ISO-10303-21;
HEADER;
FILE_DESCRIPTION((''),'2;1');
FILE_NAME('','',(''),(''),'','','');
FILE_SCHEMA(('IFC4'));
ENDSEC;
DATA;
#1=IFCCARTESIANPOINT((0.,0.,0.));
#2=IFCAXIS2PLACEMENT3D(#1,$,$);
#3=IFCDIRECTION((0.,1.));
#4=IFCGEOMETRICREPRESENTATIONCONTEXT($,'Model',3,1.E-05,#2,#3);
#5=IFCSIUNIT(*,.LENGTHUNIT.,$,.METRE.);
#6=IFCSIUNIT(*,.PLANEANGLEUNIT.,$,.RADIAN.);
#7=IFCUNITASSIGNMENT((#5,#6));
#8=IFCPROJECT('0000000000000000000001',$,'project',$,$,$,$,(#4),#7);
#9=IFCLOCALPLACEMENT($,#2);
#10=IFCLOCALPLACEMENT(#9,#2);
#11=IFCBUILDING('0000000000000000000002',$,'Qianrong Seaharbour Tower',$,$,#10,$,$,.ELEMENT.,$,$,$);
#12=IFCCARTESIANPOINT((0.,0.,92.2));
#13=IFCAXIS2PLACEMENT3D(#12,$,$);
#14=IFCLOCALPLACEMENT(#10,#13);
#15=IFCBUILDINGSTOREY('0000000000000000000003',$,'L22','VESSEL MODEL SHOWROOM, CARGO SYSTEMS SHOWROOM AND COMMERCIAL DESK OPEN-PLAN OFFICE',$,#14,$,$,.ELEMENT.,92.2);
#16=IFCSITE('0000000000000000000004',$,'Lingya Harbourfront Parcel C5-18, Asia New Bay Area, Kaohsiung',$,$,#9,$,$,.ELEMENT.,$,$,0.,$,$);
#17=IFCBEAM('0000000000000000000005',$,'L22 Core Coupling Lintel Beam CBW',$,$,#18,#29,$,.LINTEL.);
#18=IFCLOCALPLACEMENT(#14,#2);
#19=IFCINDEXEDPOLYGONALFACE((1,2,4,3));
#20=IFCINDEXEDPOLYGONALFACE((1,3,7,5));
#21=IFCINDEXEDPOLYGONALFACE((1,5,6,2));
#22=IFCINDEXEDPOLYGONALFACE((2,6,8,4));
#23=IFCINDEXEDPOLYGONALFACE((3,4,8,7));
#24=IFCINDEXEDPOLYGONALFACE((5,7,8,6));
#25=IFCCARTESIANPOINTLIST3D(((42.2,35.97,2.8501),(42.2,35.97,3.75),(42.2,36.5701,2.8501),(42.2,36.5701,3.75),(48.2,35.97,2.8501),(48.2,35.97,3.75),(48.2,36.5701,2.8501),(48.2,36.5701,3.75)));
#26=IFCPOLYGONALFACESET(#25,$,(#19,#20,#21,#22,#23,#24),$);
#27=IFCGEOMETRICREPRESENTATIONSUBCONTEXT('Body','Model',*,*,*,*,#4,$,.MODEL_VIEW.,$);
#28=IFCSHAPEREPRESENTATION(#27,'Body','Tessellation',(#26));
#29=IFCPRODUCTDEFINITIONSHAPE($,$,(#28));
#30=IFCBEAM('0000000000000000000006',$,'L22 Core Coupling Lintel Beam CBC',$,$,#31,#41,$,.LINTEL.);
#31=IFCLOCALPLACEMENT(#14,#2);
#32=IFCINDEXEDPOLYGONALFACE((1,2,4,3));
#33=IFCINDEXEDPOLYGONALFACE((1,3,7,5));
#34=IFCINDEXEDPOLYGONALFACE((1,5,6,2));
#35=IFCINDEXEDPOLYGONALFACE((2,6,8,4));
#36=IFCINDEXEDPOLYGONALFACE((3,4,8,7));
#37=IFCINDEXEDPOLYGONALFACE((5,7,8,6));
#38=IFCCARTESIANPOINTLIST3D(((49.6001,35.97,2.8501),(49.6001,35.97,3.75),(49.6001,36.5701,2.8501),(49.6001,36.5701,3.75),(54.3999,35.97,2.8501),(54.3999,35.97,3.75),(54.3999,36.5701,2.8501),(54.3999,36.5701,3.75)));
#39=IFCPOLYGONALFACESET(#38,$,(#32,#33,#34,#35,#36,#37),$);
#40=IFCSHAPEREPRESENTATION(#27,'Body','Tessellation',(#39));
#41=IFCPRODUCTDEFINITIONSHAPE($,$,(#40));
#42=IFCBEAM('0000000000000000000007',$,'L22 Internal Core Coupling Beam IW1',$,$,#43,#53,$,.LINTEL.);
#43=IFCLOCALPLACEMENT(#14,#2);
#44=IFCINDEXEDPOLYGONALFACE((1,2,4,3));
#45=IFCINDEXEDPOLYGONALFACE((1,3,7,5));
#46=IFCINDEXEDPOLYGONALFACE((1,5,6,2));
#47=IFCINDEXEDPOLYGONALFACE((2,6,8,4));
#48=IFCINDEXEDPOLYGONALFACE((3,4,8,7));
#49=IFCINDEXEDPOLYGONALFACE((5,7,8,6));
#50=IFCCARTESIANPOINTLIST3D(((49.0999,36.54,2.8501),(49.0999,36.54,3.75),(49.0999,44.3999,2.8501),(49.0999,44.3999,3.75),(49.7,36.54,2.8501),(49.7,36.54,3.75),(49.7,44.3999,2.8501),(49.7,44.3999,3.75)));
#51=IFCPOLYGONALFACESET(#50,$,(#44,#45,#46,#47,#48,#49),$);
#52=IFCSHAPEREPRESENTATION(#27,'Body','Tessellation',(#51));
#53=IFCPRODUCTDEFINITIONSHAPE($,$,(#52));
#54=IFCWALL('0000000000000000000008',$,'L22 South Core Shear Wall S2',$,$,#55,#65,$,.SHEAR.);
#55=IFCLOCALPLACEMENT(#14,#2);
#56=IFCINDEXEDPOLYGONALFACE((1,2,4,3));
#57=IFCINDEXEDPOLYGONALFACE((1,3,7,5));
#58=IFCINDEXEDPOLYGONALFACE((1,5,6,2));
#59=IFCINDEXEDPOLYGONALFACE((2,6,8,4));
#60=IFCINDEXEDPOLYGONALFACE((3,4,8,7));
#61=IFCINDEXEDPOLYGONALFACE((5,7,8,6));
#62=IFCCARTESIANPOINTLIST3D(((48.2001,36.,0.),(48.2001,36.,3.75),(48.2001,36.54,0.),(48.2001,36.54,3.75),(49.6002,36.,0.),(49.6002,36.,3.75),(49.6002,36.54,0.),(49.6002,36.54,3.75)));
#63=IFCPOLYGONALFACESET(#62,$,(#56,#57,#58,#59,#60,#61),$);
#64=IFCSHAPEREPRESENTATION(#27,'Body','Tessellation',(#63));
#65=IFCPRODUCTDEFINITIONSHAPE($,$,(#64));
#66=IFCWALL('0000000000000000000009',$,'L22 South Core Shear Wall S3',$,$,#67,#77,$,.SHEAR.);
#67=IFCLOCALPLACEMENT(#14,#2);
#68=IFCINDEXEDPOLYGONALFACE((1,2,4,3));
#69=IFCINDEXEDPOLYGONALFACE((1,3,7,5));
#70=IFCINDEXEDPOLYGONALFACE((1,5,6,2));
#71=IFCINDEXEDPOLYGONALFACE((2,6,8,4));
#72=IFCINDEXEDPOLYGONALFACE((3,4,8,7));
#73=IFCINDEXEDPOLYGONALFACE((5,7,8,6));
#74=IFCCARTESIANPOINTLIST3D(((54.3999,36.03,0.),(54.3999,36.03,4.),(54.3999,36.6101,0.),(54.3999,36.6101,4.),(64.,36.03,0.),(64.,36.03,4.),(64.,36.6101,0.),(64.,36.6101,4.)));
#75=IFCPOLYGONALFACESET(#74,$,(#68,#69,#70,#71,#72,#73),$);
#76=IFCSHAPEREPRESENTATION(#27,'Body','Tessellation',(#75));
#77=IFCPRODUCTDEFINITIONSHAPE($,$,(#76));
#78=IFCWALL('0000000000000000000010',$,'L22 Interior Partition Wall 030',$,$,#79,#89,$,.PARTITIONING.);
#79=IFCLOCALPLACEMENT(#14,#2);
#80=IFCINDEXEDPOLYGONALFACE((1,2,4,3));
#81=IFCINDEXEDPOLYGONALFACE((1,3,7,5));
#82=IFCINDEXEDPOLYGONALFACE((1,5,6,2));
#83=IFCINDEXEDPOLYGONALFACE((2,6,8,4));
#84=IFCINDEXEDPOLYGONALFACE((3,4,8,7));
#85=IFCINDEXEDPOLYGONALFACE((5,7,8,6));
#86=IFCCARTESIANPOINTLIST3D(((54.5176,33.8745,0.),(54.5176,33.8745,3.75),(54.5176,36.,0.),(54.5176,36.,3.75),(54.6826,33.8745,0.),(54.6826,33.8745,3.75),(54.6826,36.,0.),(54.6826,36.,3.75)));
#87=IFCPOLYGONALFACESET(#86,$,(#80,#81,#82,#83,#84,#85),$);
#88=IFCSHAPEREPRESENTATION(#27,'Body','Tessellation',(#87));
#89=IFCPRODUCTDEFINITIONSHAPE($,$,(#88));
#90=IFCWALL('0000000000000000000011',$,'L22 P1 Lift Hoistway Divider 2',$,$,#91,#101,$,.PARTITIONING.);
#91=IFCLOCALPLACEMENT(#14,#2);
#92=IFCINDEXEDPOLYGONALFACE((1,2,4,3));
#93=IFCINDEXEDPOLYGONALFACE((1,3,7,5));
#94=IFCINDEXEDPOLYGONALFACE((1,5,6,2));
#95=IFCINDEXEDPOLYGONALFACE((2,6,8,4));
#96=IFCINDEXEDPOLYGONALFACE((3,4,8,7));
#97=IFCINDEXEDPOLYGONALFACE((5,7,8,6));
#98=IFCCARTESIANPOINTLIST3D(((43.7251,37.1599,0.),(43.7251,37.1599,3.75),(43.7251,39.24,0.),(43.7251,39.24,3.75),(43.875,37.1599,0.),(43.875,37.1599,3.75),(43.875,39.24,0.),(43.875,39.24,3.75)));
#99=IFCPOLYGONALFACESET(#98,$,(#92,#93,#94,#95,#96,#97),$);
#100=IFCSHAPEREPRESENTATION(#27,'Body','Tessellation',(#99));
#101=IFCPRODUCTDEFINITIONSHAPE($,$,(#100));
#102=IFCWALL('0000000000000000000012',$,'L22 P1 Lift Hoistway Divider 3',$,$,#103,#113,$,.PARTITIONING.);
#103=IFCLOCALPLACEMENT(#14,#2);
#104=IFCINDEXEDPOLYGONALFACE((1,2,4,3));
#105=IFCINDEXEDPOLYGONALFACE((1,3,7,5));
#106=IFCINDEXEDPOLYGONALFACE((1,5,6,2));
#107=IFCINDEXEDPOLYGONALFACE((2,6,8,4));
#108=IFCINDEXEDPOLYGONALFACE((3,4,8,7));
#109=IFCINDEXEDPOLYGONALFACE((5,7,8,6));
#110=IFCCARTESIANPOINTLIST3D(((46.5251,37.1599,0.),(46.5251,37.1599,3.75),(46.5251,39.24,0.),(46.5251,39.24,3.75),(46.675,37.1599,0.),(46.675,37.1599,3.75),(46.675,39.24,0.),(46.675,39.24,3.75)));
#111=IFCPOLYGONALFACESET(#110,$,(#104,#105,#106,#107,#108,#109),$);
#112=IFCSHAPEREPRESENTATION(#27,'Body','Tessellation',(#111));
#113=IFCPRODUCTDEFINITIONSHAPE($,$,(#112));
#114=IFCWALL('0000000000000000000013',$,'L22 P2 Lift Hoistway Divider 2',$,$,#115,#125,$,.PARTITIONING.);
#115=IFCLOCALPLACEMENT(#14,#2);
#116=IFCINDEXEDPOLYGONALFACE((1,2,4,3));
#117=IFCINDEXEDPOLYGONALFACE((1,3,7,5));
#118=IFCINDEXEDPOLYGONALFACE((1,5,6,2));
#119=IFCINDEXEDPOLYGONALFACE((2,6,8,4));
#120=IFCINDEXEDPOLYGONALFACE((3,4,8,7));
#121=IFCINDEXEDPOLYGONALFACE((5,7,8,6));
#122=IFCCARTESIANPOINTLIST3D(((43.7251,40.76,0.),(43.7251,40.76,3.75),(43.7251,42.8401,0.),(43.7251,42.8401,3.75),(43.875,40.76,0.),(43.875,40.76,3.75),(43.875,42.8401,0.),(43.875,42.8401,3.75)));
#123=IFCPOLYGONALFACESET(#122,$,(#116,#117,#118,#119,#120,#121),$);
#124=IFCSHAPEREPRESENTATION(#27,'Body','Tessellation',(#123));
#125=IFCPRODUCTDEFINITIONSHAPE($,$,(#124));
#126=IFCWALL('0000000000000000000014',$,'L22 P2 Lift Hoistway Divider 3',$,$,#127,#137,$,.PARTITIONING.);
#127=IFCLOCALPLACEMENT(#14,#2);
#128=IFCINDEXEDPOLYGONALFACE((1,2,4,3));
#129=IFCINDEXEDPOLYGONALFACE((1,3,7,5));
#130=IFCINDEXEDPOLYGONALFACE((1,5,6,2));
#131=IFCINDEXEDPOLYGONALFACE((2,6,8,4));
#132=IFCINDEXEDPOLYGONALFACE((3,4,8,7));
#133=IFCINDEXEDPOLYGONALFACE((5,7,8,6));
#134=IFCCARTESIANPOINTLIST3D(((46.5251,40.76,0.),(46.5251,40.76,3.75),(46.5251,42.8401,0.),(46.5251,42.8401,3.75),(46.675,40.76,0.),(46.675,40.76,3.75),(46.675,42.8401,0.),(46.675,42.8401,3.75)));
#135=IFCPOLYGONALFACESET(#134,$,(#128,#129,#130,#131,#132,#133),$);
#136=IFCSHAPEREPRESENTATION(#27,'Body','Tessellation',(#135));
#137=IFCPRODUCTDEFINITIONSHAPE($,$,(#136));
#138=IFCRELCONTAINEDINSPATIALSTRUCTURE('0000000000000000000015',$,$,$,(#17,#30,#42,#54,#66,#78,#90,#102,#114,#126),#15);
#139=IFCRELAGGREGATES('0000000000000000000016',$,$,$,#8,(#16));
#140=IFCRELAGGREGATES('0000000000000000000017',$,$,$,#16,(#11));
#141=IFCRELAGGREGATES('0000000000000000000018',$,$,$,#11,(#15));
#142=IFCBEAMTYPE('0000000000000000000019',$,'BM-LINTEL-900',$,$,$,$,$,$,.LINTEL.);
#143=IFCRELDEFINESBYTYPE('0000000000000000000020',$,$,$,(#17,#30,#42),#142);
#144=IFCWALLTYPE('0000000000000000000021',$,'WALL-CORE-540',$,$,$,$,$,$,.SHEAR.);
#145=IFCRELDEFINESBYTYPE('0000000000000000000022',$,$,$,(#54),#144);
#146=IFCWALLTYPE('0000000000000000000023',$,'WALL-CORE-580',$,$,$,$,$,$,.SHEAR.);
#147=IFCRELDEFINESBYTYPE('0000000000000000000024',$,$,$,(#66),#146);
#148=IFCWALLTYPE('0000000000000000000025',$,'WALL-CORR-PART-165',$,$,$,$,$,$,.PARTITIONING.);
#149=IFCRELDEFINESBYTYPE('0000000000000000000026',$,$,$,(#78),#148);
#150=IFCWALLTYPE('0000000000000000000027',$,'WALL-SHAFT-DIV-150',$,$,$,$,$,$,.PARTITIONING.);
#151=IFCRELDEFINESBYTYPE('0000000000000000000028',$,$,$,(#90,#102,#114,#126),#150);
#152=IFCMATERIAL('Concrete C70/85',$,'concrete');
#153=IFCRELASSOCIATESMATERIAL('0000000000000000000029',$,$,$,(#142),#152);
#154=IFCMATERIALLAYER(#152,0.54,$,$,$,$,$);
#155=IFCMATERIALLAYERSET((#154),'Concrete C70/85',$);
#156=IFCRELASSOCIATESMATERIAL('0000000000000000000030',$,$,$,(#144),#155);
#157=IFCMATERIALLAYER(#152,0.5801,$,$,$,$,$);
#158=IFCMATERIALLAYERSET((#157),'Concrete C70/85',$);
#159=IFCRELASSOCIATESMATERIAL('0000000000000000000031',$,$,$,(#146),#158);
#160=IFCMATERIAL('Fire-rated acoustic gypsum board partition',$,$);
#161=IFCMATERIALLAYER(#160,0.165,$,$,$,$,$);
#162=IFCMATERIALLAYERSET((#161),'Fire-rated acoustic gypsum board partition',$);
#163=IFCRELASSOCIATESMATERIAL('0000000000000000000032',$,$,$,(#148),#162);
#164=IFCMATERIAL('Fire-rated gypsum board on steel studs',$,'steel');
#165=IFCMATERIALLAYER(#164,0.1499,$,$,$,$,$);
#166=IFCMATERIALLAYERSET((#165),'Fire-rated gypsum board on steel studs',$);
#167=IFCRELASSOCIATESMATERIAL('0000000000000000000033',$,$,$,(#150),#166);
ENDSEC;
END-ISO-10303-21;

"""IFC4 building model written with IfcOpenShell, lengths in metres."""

from ifc_helpers import new_model, si_unit, direction, frame, frame_2d, origin, origin_2d, place, context, subcontext, project, spatial, rectangle, extrude, material, layer, layer_set, material_profile, profile_set, type_object, element, save


model = new_model("IFC4")

# Units and contexts
model_context = context("Model", 3, precision=1e-05, world=origin(), true_north=direction((0.0, 1.0)))
body_context = subcontext(model_context, "Body", "Model", "MODEL_VIEW")
ifc_project = project(units=[si_unit("LENGTHUNIT", "METRE"), si_unit("PLANEANGLEUNIT", "RADIAN")], contexts=[model_context])

# Site, building, storey
site_placement = place(None, origin())
site = spatial("IfcSite", under=ifc_project, at=site_placement, Name="Lingya Harbourfront Parcel C5-18, Asia New Bay Area, Kaohsiung", CompositionType="ELEMENT", RefElevation=0.0)
building_placement = place(site_placement, origin())
building = spatial("IfcBuilding", under=site, at=building_placement, Name="Qianrong Seaharbour Tower", CompositionType="ELEMENT")
storey_placement = place(building_placement, frame((0.0, 0.0, 92.2)))
storey = spatial("IfcBuildingStorey", under=building, at=storey_placement, Name="L22", Description="VESSEL MODEL SHOWROOM, CARGO SYSTEMS SHOWROOM AND COMMERCIAL DESK OPEN-PLAN OFFICE", CompositionType="ELEMENT", Elevation=92.2)

# Beams
ifc_material_1 = material(Name="Concrete C70/85", Category="concrete")
ifc_material_profile = material_profile(ifc_material_1, rectangle(XDim=0.6001, YDim=0.8999, at=origin_2d()), Name="RC600x900")
ifc_profile_set = profile_set([ifc_material_profile], Name="Concrete C70/85")
beam_type = type_object("IfcBeamType", Name="BM-LINTEL-900", PredefinedType="LINTEL", material=ifc_profile_set)
beam_1_placement = place(storey_placement, frame((42.2, 36.27, 3.3), z_axis=(1.0, 0.0, 0.0), x_axis=(0.0, 1.0, 0.0)))
element("IfcBeam", 1, at=beam_1_placement, inside=storey, type_object=beam_type, Name="L22 Core Coupling Lintel Beam CBW", PredefinedType="LINTEL", context=body_context, shape_type="SweptSolid", body=[
    extrude(rectangle(XDim=0.6001, YDim=0.8999, at=origin_2d()), origin(), (0.0, 0.0, 1.0), 6.0),
])
beam_2_placement = place(storey_placement, frame((49.6001, 36.27, 3.3), z_axis=(1.0, 0.0, 0.0), x_axis=(0.0, 1.0, 0.0)))
element("IfcBeam", 2, at=beam_2_placement, inside=storey, type_object=beam_type, Name="L22 Core Coupling Lintel Beam CBC", PredefinedType="LINTEL", context=body_context, shape_type="SweptSolid", body=[
    extrude(rectangle(XDim=0.6001, YDim=0.8999, at=origin_2d()), origin(), (0.0, 0.0, 1.0), 4.7998),
])
beam_3_placement = place(storey_placement, frame((49.3999, 36.54, 3.3), z_axis=(0.0, 1.0, 0.0), x_axis=(-1.0, 0.0, 0.0)))
element("IfcBeam", 3, at=beam_3_placement, inside=storey, type_object=beam_type, Name="L22 Internal Core Coupling Beam IW1", PredefinedType="LINTEL", context=body_context, shape_type="SweptSolid", body=[
    extrude(rectangle(XDim=0.6001, YDim=0.8999, at=origin_2d()), origin(), (0.0, 0.0, 1.0), 7.8599),
])

# Walls
ifc_layer_1 = layer(ifc_material_1, 0.54)
ifc_layer_set_1 = layer_set([ifc_layer_1], Name="Concrete C70/85")
wall_type_1 = type_object("IfcWallType", Name="WALL-CORE-540", PredefinedType="SHEAR", material=ifc_layer_set_1)
wall_1_placement = place(storey_placement, frame((48.2, 36.27, 0.0), z_axis=(0.0, 0.0, 1.0), x_axis=(1.0, 0.0, 0.0)))
element("IfcWall", 4, at=wall_1_placement, inside=storey, type_object=wall_type_1, Name="L22 South Core Shear Wall S2", PredefinedType="SHEAR", context=body_context, shape_type="SweptSolid", body=[
    extrude(rectangle(XDim=1.4001, YDim=0.54, at=frame_2d((0.7002, 0.0))), origin(), (0.0, 0.0, 1.0), 3.75),
])
ifc_layer_2 = layer(ifc_material_1, 0.5801)
ifc_layer_set_2 = layer_set([ifc_layer_2], Name="Concrete C70/85")
wall_type_2 = type_object("IfcWallType", Name="WALL-CORE-580", PredefinedType="SHEAR", material=ifc_layer_set_2)
wall_2_placement = place(storey_placement, frame((54.3999, 36.3201, 0.0), z_axis=(0.0, 0.0, 1.0), x_axis=(1.0, 0.0, 0.0)))
element("IfcWall", 5, at=wall_2_placement, inside=storey, type_object=wall_type_2, Name="L22 South Core Shear Wall S3", PredefinedType="SHEAR", context=body_context, shape_type="SweptSolid", body=[
    extrude(rectangle(XDim=9.6001, YDim=0.5801, at=frame_2d((4.8, 0.0))), origin(), (0.0, 0.0, 1.0), 4.0),
])
ifc_material_2 = material(Name="Fire-rated acoustic gypsum board partition")
ifc_layer_3 = layer(ifc_material_2, 0.165)
ifc_layer_set_3 = layer_set([ifc_layer_3], Name="Fire-rated acoustic gypsum board partition")
wall_type_3 = type_object("IfcWallType", Name="WALL-CORR-PART-165", PredefinedType="PARTITIONING", material=ifc_layer_set_3)
wall_3_placement = place(storey_placement, frame((54.6001, 36.0, 0.0), z_axis=(0.0, 0.0, 1.0), x_axis=(0.0, -1.0, 0.0)))
element("IfcWall", 6, at=wall_3_placement, inside=storey, type_object=wall_type_3, Name="L22 Interior Partition Wall 030", PredefinedType="PARTITIONING", context=body_context, shape_type="SweptSolid", body=[
    extrude(rectangle(XDim=2.1255, YDim=0.165, at=frame_2d((1.0627, 0.0))), origin(), (0.0, 0.0, 1.0), 3.75),
])
ifc_material_3 = material(Name="Fire-rated gypsum board on steel studs", Category="steel")
ifc_layer_4 = layer(ifc_material_3, 0.1499)
ifc_layer_set_4 = layer_set([ifc_layer_4], Name="Fire-rated gypsum board on steel studs")
wall_type_4 = type_object("IfcWallType", Name="WALL-SHAFT-DIV-150", PredefinedType="PARTITIONING", material=ifc_layer_set_4)
for number, where, z_axis, x_axis, name in (
    (7, (43.8, 37.1599, 0.0), (0.0, 0.0, 1.0), (0.0, 1.0, 0.0), "L22 P1 Lift Hoistway Divider 2"),
    (8, (46.6001, 37.1599, 0.0), (0.0, 0.0, 1.0), (0.0, 1.0, 0.0), "L22 P1 Lift Hoistway Divider 3"),
    (9, (43.8, 40.76, 0.0), (0.0, 0.0, 1.0), (0.0, 1.0, 0.0), "L22 P2 Lift Hoistway Divider 2"),
    (10, (46.6001, 40.76, 0.0), (0.0, 0.0, 1.0), (0.0, 1.0, 0.0), "L22 P2 Lift Hoistway Divider 3"),
):
    element("IfcWall", number, at=place(storey_placement, frame(where, z_axis=z_axis, x_axis=x_axis)), inside=storey, type_object=wall_type_4, Name=name, PredefinedType="PARTITIONING", context=body_context, shape_type="SweptSolid", body=[
        extrude(rectangle(XDim=2.0801, YDim=0.1499, at=frame_2d((1.04, 0.0))), origin(), (0.0, 0.0, 1.0), 3.75),
    ])

save(model, "model.ifc")
